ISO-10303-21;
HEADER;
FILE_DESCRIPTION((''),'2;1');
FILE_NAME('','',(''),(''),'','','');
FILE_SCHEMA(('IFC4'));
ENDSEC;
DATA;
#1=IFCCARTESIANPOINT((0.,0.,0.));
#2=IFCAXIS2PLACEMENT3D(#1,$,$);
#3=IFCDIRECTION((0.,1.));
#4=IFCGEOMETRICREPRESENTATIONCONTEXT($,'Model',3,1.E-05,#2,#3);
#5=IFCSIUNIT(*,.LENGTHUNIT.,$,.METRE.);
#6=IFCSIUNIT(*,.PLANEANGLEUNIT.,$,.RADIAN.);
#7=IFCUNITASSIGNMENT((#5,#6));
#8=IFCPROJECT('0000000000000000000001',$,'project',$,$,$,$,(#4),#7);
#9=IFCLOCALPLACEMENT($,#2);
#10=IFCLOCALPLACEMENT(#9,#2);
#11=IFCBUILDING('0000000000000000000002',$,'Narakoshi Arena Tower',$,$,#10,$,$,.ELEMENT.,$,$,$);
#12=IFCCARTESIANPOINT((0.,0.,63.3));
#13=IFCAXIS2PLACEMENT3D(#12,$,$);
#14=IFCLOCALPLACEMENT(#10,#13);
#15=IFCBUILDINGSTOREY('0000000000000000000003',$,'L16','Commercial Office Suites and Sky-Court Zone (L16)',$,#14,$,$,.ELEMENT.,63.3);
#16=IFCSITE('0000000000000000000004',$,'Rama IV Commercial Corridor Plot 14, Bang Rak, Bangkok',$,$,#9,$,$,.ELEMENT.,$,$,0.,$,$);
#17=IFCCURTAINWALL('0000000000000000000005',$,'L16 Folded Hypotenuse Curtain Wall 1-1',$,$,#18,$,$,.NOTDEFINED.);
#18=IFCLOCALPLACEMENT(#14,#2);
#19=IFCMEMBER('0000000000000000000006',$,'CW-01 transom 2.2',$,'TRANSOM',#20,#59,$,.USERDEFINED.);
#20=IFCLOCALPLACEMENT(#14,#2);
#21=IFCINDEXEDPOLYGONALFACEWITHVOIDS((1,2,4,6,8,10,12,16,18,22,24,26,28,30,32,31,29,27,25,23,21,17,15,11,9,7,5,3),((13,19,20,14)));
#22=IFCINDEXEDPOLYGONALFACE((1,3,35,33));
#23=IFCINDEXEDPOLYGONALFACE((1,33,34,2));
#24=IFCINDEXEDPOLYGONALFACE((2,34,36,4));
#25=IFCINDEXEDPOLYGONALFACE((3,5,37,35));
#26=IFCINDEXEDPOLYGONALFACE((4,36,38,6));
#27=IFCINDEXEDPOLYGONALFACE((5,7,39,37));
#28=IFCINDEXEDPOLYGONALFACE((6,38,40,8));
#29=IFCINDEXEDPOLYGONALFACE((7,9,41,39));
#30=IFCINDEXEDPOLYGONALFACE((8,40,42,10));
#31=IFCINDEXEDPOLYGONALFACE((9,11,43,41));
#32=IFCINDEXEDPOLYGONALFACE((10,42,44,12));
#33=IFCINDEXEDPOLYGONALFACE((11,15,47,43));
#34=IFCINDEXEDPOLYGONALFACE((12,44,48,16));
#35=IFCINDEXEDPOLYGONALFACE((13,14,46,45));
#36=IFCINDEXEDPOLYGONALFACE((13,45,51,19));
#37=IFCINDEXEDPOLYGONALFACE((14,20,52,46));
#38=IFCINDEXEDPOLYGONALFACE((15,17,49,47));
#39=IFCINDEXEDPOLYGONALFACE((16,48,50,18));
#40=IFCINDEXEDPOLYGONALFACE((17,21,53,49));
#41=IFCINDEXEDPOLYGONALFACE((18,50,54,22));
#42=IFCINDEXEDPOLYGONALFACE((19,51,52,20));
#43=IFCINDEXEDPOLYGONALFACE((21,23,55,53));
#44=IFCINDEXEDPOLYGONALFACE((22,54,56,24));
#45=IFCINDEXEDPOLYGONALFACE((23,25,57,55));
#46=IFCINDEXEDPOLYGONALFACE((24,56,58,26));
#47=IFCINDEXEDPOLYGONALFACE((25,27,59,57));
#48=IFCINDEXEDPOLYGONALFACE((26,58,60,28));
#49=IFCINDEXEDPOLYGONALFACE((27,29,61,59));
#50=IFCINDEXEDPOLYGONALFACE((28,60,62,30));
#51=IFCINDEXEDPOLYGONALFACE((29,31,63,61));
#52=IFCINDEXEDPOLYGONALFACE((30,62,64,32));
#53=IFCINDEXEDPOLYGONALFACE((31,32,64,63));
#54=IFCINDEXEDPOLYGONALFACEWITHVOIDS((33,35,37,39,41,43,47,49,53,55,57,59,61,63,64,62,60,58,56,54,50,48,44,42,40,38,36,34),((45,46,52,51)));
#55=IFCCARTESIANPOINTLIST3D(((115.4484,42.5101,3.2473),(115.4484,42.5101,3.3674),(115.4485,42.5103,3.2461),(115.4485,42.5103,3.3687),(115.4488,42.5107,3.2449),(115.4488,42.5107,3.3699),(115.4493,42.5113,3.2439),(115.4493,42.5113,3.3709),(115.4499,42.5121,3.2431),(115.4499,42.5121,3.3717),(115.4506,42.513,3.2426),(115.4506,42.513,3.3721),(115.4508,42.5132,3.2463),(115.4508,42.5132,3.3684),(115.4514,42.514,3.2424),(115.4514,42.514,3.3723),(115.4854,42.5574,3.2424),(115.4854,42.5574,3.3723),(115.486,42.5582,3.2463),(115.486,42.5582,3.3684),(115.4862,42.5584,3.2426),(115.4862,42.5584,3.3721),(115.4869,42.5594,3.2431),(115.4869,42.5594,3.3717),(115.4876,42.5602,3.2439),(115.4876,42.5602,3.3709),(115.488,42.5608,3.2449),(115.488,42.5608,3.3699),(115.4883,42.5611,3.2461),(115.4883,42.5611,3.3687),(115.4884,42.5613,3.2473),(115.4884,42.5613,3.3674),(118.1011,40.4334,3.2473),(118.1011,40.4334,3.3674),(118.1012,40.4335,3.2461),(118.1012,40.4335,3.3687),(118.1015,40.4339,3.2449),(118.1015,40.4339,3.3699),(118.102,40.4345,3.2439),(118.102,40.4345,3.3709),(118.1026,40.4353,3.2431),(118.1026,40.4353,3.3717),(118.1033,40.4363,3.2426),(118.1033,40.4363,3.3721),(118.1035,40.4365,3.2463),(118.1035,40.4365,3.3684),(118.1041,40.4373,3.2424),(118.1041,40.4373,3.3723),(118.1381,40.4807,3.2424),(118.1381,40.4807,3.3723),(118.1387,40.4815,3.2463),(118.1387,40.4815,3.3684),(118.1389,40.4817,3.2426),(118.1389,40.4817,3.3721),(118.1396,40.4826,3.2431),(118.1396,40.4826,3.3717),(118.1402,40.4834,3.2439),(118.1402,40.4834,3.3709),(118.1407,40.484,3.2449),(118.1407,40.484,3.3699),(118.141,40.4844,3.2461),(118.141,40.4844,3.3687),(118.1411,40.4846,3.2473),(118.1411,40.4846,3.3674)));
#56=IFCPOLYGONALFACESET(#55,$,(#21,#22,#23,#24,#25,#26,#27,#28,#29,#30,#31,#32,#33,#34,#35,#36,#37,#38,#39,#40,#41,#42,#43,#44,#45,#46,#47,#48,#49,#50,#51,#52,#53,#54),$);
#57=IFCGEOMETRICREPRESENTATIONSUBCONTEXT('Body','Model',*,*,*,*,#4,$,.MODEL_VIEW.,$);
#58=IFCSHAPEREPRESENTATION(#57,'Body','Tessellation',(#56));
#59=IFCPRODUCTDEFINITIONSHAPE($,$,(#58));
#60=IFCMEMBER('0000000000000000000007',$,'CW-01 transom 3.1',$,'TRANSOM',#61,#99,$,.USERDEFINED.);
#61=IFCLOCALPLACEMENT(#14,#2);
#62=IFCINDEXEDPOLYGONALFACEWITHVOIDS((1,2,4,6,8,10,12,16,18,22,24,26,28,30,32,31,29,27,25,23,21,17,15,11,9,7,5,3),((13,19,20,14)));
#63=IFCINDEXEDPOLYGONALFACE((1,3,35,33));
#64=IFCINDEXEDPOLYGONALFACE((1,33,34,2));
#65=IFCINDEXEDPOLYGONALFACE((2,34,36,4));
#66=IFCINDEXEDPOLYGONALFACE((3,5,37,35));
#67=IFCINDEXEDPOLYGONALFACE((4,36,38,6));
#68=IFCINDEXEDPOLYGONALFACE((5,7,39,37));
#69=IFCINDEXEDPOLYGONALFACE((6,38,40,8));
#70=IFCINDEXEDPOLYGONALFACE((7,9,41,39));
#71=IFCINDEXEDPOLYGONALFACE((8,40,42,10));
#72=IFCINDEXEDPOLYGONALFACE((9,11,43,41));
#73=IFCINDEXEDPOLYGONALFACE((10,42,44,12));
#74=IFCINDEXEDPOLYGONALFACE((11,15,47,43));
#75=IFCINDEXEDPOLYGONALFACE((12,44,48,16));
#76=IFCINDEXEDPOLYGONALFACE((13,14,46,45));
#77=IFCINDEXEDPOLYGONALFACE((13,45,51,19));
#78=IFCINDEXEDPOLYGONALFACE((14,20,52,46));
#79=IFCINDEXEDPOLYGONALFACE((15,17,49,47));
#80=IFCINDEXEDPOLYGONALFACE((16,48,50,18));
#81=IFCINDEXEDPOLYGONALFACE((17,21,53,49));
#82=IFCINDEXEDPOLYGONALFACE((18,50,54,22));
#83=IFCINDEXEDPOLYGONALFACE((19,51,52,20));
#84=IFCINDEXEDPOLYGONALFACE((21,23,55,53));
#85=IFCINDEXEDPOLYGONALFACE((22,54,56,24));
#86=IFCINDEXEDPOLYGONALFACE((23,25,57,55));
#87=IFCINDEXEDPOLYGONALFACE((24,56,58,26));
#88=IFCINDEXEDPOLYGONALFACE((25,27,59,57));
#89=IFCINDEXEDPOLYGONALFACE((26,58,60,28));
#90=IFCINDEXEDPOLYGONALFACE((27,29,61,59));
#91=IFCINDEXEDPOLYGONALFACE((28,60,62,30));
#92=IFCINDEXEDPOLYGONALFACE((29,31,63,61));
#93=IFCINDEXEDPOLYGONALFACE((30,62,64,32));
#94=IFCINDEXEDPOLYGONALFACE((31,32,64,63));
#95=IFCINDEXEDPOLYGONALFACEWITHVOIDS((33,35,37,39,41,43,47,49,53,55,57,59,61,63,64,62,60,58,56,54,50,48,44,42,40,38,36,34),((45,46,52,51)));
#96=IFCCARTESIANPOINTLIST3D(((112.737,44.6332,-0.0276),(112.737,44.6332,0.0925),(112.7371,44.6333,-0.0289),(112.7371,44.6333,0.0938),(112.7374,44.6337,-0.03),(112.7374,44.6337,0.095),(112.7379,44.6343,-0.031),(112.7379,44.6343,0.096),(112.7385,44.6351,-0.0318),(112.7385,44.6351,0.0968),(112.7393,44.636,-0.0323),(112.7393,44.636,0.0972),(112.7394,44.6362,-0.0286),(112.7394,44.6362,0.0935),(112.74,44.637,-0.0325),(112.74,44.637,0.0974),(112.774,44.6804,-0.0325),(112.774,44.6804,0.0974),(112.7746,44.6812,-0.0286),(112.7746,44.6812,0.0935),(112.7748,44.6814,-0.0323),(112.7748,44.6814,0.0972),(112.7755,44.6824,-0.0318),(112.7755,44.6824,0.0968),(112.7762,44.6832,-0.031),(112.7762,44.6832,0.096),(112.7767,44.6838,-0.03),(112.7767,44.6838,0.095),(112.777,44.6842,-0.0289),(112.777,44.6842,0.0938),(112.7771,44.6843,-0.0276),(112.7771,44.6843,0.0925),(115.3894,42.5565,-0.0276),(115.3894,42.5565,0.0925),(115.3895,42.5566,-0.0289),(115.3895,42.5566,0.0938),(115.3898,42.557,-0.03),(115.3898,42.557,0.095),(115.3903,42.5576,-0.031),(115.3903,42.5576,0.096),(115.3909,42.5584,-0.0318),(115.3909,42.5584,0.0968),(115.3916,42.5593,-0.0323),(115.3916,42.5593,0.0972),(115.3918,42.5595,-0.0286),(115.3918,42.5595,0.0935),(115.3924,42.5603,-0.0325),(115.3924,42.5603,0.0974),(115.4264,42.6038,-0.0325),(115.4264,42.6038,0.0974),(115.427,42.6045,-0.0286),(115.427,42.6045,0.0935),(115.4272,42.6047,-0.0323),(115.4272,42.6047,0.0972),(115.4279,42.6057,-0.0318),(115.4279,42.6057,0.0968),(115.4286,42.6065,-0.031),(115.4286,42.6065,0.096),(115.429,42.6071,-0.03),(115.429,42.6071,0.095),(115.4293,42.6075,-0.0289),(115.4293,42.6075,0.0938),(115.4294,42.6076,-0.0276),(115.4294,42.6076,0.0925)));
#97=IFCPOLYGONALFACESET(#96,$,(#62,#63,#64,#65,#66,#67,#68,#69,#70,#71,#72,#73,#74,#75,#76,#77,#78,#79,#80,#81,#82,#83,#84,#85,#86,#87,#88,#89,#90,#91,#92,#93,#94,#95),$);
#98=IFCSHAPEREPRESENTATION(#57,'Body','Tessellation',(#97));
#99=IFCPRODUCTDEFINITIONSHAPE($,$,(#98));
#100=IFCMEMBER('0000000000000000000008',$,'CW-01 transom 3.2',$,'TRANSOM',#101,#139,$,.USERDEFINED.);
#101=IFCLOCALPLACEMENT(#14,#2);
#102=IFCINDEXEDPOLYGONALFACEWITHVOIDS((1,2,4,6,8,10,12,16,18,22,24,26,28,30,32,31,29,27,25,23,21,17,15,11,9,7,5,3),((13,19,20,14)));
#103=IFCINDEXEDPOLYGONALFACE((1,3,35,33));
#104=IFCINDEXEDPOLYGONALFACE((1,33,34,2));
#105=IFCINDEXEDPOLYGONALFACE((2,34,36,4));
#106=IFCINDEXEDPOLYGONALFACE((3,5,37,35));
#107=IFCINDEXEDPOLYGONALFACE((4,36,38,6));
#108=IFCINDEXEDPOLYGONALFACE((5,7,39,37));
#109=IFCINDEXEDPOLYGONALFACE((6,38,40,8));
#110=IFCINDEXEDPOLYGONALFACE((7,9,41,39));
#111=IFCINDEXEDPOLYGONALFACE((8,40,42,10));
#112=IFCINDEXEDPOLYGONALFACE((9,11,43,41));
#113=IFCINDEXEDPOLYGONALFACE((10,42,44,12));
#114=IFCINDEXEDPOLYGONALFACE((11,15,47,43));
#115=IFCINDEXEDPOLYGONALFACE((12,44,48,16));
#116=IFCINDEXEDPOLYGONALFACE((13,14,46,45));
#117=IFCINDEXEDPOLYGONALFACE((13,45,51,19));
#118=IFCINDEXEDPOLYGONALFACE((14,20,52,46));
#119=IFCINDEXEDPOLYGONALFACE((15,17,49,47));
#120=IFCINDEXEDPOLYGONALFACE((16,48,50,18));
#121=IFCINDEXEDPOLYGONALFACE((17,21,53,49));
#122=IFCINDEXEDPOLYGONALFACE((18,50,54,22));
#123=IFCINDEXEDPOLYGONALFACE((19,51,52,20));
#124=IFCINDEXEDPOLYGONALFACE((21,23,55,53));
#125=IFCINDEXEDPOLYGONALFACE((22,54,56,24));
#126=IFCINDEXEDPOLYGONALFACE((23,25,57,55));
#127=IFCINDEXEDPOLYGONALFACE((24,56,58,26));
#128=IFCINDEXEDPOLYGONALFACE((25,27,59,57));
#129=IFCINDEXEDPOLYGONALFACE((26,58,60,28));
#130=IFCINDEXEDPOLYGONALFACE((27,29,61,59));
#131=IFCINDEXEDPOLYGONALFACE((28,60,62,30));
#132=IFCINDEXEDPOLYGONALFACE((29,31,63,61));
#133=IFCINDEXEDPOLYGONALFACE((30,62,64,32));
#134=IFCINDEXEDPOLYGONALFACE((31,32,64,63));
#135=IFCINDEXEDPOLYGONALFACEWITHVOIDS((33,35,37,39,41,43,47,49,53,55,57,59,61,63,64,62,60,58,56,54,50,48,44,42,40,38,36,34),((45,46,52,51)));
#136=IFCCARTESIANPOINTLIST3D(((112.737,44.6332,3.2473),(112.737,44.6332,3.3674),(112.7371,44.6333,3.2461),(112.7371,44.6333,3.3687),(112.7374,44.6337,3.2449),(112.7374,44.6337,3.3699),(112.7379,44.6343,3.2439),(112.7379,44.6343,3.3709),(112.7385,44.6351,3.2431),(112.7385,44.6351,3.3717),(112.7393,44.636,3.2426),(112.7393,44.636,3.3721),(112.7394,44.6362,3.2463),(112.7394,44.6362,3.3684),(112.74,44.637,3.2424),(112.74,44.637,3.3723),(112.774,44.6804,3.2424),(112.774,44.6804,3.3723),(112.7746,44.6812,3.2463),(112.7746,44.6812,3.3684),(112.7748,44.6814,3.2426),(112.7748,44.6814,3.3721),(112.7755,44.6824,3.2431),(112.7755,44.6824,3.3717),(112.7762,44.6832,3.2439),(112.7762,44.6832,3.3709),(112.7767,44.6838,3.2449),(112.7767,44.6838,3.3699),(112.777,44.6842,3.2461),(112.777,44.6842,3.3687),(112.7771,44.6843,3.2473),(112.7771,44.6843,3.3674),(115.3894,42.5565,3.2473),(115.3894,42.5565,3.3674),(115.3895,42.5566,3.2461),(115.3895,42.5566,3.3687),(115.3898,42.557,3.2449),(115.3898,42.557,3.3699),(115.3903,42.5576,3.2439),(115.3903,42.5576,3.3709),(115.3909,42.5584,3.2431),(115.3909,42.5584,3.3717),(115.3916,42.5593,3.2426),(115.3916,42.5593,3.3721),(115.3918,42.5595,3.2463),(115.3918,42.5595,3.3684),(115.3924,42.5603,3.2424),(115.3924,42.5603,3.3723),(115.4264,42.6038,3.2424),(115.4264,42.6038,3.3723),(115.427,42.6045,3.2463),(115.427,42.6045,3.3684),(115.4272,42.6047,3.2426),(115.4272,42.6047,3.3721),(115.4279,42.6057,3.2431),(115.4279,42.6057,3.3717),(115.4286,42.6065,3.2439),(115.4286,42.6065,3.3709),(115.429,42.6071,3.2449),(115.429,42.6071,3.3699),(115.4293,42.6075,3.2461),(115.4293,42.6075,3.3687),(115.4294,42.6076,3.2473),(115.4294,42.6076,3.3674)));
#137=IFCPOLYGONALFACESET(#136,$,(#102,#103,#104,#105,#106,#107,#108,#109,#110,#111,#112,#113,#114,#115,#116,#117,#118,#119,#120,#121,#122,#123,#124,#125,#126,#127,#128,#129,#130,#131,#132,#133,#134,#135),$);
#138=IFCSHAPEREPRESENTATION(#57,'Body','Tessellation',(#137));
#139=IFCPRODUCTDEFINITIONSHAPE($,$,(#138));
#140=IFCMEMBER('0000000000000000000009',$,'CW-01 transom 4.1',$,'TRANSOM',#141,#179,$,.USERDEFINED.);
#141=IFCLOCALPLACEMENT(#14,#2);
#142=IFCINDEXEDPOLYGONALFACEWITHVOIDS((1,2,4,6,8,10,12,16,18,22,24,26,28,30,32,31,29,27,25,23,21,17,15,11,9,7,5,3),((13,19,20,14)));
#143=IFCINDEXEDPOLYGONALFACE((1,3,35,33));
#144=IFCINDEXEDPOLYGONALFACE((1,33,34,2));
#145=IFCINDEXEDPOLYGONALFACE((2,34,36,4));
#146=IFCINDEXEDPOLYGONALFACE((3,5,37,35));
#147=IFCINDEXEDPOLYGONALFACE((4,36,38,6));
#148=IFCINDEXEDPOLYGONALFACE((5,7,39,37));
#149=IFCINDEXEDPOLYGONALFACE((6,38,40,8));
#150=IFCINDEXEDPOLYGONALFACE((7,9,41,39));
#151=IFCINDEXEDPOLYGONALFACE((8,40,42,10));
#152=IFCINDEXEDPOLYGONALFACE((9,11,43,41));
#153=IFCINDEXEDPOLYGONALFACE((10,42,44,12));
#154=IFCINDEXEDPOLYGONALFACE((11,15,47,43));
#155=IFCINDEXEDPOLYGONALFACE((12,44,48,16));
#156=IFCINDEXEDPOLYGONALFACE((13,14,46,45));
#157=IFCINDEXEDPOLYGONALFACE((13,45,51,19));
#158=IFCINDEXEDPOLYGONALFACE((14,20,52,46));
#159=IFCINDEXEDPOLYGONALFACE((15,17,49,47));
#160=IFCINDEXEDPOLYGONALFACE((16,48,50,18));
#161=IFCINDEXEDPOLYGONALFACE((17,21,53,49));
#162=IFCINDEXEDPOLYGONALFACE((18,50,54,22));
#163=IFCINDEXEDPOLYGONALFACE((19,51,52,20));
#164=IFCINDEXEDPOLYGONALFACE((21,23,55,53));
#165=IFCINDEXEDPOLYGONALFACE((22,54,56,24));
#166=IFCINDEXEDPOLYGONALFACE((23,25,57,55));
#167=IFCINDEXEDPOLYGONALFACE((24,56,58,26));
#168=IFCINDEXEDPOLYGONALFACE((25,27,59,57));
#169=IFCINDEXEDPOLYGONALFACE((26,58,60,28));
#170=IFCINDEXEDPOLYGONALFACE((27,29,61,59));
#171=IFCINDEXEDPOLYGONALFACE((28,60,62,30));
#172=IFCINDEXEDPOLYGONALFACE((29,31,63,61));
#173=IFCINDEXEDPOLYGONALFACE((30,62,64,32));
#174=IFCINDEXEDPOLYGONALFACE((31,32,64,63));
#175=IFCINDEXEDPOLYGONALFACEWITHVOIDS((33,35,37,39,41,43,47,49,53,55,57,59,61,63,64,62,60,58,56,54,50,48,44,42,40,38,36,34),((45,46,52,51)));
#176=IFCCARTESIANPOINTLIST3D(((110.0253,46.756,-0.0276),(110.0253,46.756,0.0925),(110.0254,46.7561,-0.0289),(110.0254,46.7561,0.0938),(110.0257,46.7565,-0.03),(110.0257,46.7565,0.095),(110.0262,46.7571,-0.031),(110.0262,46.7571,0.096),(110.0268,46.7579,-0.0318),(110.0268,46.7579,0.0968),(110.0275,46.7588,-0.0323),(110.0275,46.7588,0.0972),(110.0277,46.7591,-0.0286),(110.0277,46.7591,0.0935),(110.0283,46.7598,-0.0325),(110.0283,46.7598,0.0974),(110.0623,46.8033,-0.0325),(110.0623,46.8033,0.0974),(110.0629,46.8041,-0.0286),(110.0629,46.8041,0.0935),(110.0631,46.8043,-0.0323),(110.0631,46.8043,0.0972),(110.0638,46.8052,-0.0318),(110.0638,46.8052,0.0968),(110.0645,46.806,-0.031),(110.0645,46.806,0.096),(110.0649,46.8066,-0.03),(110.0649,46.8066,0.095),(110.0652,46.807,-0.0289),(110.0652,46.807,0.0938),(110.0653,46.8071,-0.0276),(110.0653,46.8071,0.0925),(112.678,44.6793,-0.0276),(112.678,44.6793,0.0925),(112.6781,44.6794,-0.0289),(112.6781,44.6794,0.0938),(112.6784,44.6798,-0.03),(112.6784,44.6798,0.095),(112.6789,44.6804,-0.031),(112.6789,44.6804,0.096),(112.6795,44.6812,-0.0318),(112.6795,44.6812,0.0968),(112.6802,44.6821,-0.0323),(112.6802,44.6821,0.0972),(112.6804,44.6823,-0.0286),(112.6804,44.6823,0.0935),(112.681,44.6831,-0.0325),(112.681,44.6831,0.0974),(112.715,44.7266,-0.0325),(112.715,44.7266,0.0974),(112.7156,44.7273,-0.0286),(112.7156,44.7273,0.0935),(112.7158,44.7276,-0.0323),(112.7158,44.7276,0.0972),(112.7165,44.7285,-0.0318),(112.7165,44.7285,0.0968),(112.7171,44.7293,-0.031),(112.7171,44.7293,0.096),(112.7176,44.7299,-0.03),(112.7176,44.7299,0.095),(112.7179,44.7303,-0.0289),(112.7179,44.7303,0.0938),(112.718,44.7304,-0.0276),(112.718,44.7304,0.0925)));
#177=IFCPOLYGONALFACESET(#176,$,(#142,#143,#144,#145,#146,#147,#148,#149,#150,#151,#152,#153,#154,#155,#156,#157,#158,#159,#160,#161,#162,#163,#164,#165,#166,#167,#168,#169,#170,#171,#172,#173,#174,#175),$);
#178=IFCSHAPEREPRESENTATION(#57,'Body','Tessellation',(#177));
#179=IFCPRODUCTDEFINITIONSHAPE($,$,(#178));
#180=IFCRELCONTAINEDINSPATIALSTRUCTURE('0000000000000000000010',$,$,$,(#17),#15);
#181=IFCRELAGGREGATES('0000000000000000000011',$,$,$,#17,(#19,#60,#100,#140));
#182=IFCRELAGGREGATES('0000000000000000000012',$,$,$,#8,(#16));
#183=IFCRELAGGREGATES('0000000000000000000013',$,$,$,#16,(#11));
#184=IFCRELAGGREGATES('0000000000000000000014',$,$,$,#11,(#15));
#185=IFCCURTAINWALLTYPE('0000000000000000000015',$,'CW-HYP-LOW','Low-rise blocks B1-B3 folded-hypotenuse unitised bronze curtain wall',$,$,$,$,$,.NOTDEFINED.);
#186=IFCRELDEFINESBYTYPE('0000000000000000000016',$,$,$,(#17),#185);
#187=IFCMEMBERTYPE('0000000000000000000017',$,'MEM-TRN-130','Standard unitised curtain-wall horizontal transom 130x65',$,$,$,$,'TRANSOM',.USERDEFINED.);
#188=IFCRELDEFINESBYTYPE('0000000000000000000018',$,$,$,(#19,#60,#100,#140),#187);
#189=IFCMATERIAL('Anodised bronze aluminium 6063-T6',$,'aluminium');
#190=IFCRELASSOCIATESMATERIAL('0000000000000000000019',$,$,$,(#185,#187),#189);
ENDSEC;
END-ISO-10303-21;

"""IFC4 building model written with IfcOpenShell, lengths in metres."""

from ifc_helpers import new_model, si_unit, direction, frame, origin, origin_2d, place, context, subcontext, project, spatial, hollow_rectangle, extrude, material, material_profile, profile_set, type_object, element, aggregate, save


model = new_model("IFC4")

# Units and contexts
model_context = context("Model", 3, precision=1e-05, world=origin(), true_north=direction((0.0, 1.0)))
body_context = subcontext(model_context, "Body", "Model", "MODEL_VIEW")
ifc_project = project(units=[si_unit("LENGTHUNIT", "METRE"), si_unit("PLANEANGLEUNIT", "RADIAN")], contexts=[model_context])

# Site, building, storey
site_placement = place(None, origin())
site = spatial("IfcSite", under=ifc_project, at=site_placement, Name="Rama IV Commercial Corridor Plot 14, Bang Rak, Bangkok", CompositionType="ELEMENT", RefElevation=0.0)
building_placement = place(site_placement, origin())
building = spatial("IfcBuilding", under=site, at=building_placement, Name="Narakoshi Arena Tower", CompositionType="ELEMENT")
storey_placement = place(building_placement, frame((0.0, 0.0, 63.3)))
storey = spatial("IfcBuildingStorey", under=building, at=storey_placement, Name="L16", Description="Commercial Office Suites and Sky-Court Zone (L16)", CompositionType="ELEMENT", Elevation=63.3)

# Curtain wall, members
ifc_material_1 = material(Name="Anodised bronze aluminium 6063-T6", Category="aluminium")
curtain_wall_type = type_object("IfcCurtainWallType", Name="CW-HYP-LOW", Description="Low-rise blocks B1-B3 folded-hypotenuse unitised bronze curtain wall", PredefinedType="NOTDEFINED", material=ifc_material_1)
curtain_wall_placement = place(storey_placement, origin())
curtain_wall = element("IfcCurtainWall", 1, at=curtain_wall_placement, inside=storey, type_object=curtain_wall_type, Name="L16 Folded Hypotenuse Curtain Wall 1-1", PredefinedType="NOTDEFINED")
ifc_material_profile_1 = material_profile(ifc_material_1, hollow_rectangle(XDim=0.0649, YDim=0.1299, WallThickness=0.0039, OuterFilletRadius=0.0049, at=origin_2d()), Name="TRN130x65x4")
ifc_profile_set_1 = profile_set([ifc_material_profile_1], Name="Anodised bronze aluminium 6063-T6")
member_type_1 = type_object("IfcMemberType", Name="MEM-TRN-130", Description="Standard unitised curtain-wall horizontal transom 130x65", ElementType="TRANSOM", PredefinedType="USERDEFINED", material=ifc_profile_set_1)
member_1_placement = place(storey_placement, frame((118.1211, 40.459, 3.3074), z_axis=(-0.787401, 0.616441, 0.0), x_axis=(-0.616441, -0.787401, 0.0)))
member_1 = element("IfcMember", 2, at=member_1_placement, type_object=member_type_1, Name="CW-01 transom 2.2", ObjectType="TRANSOM", PredefinedType="USERDEFINED", context=body_context, shape_type="SweptSolid", body=[
    extrude(hollow_rectangle(XDim=0.0649, YDim=0.1299, WallThickness=0.0039, OuterFilletRadius=0.0049, at=origin_2d()), origin(), (0.0, 0.0, 1.0), 3.3689),
])
member_2_placement = place(storey_placement, frame((115.4094, 42.582, 0.0325), z_axis=(-0.787373, 0.616476, 0.0), x_axis=(-0.616476, -0.787373, 0.0)))
member_2 = element("IfcMember", 3, at=member_2_placement, type_object=member_type_1, Name="CW-01 transom 3.1", ObjectType="TRANSOM", PredefinedType="USERDEFINED", context=body_context, shape_type="SweptSolid", body=[
    extrude(hollow_rectangle(XDim=0.0649, YDim=0.1299, WallThickness=0.0039, OuterFilletRadius=0.0049, at=origin_2d()), origin(), (0.0, 0.0, 1.0), 3.3687),
])
member_3_placement = place(storey_placement, frame((115.4094, 42.582, 3.3074), z_axis=(-0.787373, 0.616476, 0.0), x_axis=(-0.616476, -0.787373, 0.0)))
member_3 = element("IfcMember", 4, at=member_3_placement, type_object=member_type_1, Name="CW-01 transom 3.2", ObjectType="TRANSOM", PredefinedType="USERDEFINED", context=body_context, shape_type="SweptSolid", body=[
    extrude(hollow_rectangle(XDim=0.0649, YDim=0.1299, WallThickness=0.0039, OuterFilletRadius=0.0049, at=origin_2d()), origin(), (0.0, 0.0, 1.0), 3.3687),
])
member_4_placement = place(storey_placement, frame((112.698, 44.7048, 0.0325), z_axis=(-0.787401, 0.616441, 0.0), x_axis=(-0.616441, -0.787401, 0.0)))
member_4 = element("IfcMember", 5, at=member_4_placement, type_object=member_type_1, Name="CW-01 transom 4.1", ObjectType="TRANSOM", PredefinedType="USERDEFINED", context=body_context, shape_type="SweptSolid", body=[
    extrude(hollow_rectangle(XDim=0.0649, YDim=0.1299, WallThickness=0.0039, OuterFilletRadius=0.0049, at=origin_2d()), origin(), (0.0, 0.0, 1.0), 3.3689),
])
aggregate(curtain_wall, [member_1, member_2, member_3, member_4])

save(model, "model.ifc")
